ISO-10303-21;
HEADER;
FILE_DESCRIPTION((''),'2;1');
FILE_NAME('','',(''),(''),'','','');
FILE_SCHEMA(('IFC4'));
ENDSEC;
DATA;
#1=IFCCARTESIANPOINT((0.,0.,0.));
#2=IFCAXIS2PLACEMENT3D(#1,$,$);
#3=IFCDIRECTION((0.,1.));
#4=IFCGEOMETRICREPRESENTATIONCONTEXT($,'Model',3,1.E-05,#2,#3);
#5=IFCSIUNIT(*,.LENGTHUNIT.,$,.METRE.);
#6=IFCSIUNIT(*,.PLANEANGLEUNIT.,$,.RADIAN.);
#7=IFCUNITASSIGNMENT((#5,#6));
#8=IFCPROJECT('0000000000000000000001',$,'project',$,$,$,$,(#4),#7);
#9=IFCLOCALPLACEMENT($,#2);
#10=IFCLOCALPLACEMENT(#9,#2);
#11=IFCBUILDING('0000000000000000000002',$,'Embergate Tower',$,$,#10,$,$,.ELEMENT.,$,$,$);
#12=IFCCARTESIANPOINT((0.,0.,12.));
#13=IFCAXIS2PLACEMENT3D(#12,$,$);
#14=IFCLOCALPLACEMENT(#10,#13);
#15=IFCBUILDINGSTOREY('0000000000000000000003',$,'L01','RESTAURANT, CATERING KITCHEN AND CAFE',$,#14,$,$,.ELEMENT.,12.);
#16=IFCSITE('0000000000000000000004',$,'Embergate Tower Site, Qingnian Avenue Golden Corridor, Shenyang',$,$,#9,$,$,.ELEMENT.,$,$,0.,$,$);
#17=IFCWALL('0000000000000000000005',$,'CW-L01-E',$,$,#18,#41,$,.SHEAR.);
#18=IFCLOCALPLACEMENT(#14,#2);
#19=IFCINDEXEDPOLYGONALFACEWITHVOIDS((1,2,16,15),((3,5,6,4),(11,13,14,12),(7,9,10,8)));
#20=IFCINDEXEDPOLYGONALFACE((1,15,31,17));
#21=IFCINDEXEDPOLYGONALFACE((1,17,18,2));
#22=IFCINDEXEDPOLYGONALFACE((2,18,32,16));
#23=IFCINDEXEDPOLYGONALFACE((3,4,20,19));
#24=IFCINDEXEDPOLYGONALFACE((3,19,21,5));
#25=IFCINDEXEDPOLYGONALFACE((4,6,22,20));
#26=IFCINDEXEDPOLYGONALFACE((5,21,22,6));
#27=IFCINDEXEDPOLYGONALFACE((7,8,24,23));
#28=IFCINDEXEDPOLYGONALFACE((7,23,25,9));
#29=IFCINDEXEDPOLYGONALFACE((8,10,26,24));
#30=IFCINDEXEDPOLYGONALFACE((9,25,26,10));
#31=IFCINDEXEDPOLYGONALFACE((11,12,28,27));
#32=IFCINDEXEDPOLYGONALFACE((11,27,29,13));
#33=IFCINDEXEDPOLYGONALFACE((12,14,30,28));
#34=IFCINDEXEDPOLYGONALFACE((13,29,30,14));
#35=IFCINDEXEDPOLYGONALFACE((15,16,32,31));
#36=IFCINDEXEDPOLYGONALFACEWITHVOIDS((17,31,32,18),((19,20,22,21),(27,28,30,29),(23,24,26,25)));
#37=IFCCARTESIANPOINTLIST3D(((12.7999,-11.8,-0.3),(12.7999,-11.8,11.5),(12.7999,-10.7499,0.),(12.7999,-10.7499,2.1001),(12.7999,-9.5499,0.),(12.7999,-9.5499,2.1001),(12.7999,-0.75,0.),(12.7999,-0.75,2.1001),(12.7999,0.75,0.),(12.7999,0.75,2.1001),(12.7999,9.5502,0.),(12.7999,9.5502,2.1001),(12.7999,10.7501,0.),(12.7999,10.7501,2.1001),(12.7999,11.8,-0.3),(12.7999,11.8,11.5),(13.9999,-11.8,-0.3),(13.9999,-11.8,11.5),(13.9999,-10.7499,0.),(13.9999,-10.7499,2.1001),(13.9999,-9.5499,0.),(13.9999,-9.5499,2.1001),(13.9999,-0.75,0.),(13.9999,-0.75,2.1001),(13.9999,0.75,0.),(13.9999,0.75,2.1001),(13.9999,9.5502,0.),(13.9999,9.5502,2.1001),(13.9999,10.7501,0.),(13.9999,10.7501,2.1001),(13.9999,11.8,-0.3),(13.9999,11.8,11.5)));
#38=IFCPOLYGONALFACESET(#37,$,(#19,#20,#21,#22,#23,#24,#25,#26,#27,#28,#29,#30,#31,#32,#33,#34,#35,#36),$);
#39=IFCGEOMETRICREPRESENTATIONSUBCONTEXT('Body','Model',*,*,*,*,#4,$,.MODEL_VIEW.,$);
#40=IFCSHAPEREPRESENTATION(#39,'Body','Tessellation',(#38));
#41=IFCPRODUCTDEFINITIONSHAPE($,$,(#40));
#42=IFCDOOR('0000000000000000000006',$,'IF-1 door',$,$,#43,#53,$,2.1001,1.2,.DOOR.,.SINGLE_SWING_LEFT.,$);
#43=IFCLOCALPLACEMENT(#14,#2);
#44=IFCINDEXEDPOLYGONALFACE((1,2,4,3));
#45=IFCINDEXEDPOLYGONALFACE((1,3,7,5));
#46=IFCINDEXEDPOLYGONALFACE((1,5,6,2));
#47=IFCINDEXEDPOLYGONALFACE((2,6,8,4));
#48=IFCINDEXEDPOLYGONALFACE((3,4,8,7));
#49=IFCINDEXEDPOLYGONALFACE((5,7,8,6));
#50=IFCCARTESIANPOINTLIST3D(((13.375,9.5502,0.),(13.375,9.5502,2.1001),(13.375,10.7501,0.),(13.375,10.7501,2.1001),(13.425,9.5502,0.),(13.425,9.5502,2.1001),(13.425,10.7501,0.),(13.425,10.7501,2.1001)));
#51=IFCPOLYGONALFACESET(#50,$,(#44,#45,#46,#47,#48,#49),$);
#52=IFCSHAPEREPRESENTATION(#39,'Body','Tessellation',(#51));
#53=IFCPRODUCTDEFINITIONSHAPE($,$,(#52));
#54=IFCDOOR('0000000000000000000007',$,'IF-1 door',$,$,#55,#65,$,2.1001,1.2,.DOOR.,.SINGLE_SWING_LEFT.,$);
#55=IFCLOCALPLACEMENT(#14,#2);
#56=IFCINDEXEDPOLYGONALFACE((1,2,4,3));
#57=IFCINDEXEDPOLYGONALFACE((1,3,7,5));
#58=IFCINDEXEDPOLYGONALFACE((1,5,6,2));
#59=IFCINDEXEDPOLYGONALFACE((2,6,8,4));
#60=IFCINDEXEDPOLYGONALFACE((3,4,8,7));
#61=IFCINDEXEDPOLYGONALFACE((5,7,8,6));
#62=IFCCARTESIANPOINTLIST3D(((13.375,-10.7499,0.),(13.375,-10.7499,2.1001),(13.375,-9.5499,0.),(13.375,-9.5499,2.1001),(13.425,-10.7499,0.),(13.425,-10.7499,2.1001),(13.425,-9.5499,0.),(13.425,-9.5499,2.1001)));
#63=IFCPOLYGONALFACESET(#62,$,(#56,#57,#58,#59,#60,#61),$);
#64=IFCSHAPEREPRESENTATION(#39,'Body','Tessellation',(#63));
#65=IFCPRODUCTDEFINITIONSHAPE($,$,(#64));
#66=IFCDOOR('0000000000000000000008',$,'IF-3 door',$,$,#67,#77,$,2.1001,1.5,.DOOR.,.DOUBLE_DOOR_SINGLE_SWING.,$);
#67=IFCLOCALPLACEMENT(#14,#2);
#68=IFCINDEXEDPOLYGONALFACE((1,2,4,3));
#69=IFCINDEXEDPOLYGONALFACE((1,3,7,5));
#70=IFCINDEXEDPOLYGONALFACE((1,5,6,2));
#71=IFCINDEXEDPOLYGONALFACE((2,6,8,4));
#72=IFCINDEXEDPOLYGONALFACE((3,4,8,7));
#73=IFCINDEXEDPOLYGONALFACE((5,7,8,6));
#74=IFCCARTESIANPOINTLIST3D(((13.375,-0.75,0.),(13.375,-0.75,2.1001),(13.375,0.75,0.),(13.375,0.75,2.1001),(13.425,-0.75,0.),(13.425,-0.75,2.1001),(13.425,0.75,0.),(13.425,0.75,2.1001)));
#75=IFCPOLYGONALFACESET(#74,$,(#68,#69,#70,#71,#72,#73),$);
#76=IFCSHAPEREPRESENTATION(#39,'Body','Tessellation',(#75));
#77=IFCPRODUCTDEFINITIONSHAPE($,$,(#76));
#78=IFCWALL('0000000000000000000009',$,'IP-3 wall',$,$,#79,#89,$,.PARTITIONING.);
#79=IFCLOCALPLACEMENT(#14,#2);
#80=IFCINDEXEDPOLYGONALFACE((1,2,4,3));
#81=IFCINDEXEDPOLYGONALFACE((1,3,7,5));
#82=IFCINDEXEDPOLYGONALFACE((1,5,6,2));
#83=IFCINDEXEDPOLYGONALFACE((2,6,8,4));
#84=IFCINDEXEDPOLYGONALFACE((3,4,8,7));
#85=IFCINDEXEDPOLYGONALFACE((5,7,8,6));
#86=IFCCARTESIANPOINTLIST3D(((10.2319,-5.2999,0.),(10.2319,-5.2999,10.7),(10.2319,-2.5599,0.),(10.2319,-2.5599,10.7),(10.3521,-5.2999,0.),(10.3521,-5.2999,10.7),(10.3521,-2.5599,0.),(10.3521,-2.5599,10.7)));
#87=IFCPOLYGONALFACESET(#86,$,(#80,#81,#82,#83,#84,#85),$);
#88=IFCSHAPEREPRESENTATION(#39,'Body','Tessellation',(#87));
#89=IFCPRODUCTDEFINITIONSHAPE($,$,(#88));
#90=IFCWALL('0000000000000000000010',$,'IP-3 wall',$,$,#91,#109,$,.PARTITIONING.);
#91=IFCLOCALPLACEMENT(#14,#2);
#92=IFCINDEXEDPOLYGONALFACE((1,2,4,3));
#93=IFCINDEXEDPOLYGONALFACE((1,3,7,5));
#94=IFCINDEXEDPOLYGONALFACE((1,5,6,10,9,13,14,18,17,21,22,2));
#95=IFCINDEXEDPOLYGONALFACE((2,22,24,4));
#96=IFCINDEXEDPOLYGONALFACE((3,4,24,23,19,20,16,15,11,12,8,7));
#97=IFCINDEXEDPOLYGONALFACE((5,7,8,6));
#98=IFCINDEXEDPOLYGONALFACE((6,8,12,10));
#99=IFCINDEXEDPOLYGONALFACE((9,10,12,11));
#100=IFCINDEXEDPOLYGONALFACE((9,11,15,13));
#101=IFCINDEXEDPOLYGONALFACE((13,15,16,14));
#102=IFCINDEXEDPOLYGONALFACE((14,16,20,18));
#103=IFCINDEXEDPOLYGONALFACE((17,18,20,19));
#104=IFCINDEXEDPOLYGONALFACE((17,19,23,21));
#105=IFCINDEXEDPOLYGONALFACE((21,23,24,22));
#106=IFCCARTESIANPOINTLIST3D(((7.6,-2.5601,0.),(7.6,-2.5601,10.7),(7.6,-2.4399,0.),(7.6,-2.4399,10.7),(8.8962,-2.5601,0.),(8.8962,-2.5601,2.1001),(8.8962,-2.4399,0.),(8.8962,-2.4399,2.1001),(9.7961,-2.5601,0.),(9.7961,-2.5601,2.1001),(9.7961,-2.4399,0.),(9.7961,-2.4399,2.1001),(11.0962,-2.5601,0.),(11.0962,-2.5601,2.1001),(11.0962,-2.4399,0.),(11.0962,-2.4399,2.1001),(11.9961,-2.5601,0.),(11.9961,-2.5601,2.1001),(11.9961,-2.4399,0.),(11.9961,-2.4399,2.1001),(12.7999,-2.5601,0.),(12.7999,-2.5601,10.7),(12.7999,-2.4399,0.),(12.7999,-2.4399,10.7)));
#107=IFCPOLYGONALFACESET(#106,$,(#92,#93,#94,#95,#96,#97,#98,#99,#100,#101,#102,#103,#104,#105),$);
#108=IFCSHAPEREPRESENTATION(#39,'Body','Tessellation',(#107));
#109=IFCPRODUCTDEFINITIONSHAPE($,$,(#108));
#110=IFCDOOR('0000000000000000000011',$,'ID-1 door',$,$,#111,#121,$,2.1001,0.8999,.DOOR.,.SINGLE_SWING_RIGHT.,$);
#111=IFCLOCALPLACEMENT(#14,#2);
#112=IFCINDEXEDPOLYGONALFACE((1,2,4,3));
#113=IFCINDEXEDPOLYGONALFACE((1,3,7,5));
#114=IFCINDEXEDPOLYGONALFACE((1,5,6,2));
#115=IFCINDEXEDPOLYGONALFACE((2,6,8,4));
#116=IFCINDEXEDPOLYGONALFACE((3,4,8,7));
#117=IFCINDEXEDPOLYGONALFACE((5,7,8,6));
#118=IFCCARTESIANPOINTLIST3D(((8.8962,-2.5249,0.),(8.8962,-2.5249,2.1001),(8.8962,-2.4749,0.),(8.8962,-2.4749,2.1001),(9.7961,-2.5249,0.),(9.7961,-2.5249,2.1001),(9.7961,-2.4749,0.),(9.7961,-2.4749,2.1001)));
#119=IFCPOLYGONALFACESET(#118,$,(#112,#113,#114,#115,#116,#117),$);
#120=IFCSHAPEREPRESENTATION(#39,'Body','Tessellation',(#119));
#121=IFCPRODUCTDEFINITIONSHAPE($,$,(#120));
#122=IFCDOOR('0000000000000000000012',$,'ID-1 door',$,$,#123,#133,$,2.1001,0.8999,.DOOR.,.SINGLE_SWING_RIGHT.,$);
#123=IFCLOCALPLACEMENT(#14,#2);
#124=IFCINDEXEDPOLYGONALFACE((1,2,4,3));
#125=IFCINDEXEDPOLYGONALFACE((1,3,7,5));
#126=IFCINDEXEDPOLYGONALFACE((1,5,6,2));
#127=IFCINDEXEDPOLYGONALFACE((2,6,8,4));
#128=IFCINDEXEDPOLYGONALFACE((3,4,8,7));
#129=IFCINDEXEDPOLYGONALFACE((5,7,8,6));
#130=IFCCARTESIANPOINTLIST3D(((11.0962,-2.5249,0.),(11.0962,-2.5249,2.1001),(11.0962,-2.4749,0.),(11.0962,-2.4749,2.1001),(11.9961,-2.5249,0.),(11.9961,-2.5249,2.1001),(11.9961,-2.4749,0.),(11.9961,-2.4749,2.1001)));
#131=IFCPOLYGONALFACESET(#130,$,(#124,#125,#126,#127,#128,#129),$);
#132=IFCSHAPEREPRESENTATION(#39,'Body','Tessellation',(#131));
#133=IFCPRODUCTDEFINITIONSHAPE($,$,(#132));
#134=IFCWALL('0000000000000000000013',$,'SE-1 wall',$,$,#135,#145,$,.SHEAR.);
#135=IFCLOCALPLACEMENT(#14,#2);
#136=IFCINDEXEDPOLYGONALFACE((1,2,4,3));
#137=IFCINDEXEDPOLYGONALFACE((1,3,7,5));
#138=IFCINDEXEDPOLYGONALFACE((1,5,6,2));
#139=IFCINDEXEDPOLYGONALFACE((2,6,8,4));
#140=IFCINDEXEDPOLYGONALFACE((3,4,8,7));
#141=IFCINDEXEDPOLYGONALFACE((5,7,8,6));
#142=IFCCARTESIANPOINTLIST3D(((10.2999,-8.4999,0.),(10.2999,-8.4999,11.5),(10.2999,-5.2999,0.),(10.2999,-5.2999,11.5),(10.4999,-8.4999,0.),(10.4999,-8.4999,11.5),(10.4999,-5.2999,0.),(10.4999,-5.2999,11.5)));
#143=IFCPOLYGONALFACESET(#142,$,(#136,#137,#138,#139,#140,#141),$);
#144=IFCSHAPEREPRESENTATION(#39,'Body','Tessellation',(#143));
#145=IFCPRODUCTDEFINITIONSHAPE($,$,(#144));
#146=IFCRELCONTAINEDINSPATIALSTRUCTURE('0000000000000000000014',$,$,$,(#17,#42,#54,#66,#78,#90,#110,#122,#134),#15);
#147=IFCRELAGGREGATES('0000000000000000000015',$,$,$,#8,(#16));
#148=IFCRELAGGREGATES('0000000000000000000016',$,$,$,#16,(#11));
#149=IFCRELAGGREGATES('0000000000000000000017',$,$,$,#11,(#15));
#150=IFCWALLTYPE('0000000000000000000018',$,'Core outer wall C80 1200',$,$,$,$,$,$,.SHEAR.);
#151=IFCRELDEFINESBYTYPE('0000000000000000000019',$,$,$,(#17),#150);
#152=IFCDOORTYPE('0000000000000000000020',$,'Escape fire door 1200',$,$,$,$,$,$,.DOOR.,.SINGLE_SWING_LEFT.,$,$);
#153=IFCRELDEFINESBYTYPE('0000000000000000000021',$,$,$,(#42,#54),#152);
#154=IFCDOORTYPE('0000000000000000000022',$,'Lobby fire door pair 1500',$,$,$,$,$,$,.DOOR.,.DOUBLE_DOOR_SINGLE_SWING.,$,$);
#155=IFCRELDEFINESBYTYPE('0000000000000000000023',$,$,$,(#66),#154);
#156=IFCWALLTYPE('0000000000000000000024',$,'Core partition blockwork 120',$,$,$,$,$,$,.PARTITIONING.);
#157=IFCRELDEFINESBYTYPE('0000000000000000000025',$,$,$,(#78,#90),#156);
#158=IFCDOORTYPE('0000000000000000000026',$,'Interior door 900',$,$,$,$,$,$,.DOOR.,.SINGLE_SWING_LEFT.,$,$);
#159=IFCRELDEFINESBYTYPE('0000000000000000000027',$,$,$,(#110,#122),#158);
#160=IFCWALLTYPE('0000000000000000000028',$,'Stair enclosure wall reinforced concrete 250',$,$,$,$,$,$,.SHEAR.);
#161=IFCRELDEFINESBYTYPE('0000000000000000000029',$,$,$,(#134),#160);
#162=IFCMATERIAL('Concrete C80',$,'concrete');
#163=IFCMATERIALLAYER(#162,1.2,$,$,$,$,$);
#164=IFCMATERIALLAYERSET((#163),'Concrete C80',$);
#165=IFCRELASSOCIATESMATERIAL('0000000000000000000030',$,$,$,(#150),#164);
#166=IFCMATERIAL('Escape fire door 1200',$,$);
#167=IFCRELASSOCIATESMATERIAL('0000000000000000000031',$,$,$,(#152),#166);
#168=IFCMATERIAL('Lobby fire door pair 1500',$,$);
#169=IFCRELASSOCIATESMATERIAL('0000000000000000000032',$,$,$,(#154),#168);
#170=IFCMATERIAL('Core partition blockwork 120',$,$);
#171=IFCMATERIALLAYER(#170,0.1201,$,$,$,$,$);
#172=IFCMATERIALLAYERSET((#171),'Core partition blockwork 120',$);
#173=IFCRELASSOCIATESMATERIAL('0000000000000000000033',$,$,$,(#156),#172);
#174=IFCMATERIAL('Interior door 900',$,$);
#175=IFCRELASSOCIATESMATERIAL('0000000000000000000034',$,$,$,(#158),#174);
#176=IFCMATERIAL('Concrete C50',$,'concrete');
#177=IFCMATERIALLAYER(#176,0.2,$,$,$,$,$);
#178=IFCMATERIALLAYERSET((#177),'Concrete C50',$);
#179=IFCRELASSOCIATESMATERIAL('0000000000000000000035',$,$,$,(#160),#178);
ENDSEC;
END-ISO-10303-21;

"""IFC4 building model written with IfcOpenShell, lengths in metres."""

from ifc_helpers import new_model, si_unit, direction, frame, frame_2d, origin, place, context, subcontext, project, spatial, rectangle, extrude, source, transform, mapped, material, layer, layer_set, type_object, element, fill, save


model = new_model("IFC4")

# Units and contexts
model_context = context("Model", 3, precision=1e-05, world=origin(), true_north=direction((0.0, 1.0)))
body_context = subcontext(model_context, "Body", "Model", "MODEL_VIEW")
ifc_project = project(units=[si_unit("LENGTHUNIT", "METRE"), si_unit("PLANEANGLEUNIT", "RADIAN")], contexts=[model_context])

# Site, building, storey
site_placement = place(None, origin())
site = spatial("IfcSite", under=ifc_project, at=site_placement, Name="Embergate Tower Site, Qingnian Avenue Golden Corridor, Shenyang", CompositionType="ELEMENT", RefElevation=0.0)
building_placement = place(site_placement, origin())
building = spatial("IfcBuilding", under=site, at=building_placement, Name="Embergate Tower", CompositionType="ELEMENT")
storey_placement = place(building_placement, frame((0.0, 0.0, 12.0)))
storey = spatial("IfcBuildingStorey", under=building, at=storey_placement, Name="L01", Description="RESTAURANT, CATERING KITCHEN AND CAFE", CompositionType="ELEMENT", Elevation=12.0)

# Wall, openings, doors
ifc_material_1 = material(Name="Concrete C80", Category="concrete")
ifc_layer_1 = layer(ifc_material_1, 1.2)
ifc_layer_set_1 = layer_set([ifc_layer_1], Name="Concrete C80")
wall_type_1 = type_object("IfcWallType", Name="Core outer wall C80 1200", PredefinedType="SHEAR", material=ifc_layer_set_1)
shared_shape_1 = source(origin(), body_context, "Body", "SweptSolid", [
    extrude(rectangle(XDim=23.6001, YDim=1.2, at=frame_2d((11.8, 0.0))), origin(), (0.0, 0.0, 1.0), 11.8),
])
wall_1_placement = place(storey_placement, frame((13.3999, -11.8, -0.3), z_axis=(0.0, 0.0, 1.0), x_axis=(0.0, 1.0, 0.0)))
wall_1 = element("IfcWall", 1, at=wall_1_placement, inside=storey, type_object=wall_type_1, Name="CW-L01-E", PredefinedType="SHEAR", context=body_context, shape_type="MappedRepresentation", body=[
    mapped(shared_shape_1, transform((0.0, 0.0, 0.0))),
])
shared_shape_2 = source(origin(), body_context, "Body", "SweptSolid", [
    extrude(rectangle(XDim=1.2, YDim=2.1001, at=frame_2d((0.6001, 1.05))), frame((0.0, 0.6099, 0.0), z_axis=(0.0, -1.0, 0.0), x_axis=(1.0, 0.0, 0.0)), (0.0, 0.0, 1.0), 1.22),
])
opening_1_placement = place(wall_1_placement, frame((21.3501, 0.0, 0.3)))
opening_1 = element("IfcOpeningElement", 2, at=opening_1_placement, cuts=wall_1, PredefinedType="OPENING", context=body_context, shape_type="MappedRepresentation", body=[
    mapped(shared_shape_2, transform((0.0, 0.0, 0.0))),
])
opening_2_placement = place(wall_1_placement, frame((1.05, 0.0, 0.3)))
opening_2 = element("IfcOpeningElement", 3, at=opening_2_placement, cuts=wall_1, PredefinedType="OPENING", context=body_context, shape_type="MappedRepresentation", body=[
    mapped(shared_shape_2, transform((0.0, 0.0, 0.0))),
])
shared_shape_3 = source(origin(), body_context, "Body", "SweptSolid", [
    extrude(rectangle(XDim=1.5, YDim=2.1001, at=frame_2d((0.75, 1.05))), frame((0.0, 0.6099, 0.0), z_axis=(0.0, -1.0, 0.0), x_axis=(1.0, 0.0, 0.0)), (0.0, 0.0, 1.0), 1.22),
])
opening_3_placement = place(wall_1_placement, frame((11.05, 0.0, 0.3)))
opening_3 = element("IfcOpeningElement", 4, at=opening_3_placement, cuts=wall_1, PredefinedType="OPENING", context=body_context, shape_type="MappedRepresentation", body=[
    mapped(shared_shape_3, transform((0.0, 0.0, 0.0))),
])
ifc_material_2 = material(Name="Escape fire door 1200")
door_type_1 = type_object("IfcDoorType", Name="Escape fire door 1200", OperationType="SINGLE_SWING_LEFT", PredefinedType="DOOR", material=ifc_material_2)
shared_shape_4 = source(origin(), body_context, "Body", "SweptSolid", [
    extrude(rectangle(XDim=1.2, YDim=2.1001, at=frame_2d((0.6001, 1.05))), frame((0.0, 0.0249, 0.0), z_axis=(0.0, -1.0, 0.0), x_axis=(1.0, 0.0, 0.0)), (0.0, 0.0, 1.0), 0.05),
])
door_1_placement = place(opening_1_placement, origin())
door_1 = element("IfcDoor", 5, at=door_1_placement, inside=storey, type_object=door_type_1, Name="IF-1 door", OperationType="SINGLE_SWING_LEFT", OverallHeight=2.1001, OverallWidth=1.2, PredefinedType="DOOR", context=body_context, shape_type="MappedRepresentation", body=[
    mapped(shared_shape_4, transform((0.0, 0.0, 0.0))),
])
fill(opening_1, door_1)
door_2_placement = place(opening_2_placement, origin())
door_2 = element("IfcDoor", 6, at=door_2_placement, inside=storey, type_object=door_type_1, Name="IF-1 door", OperationType="SINGLE_SWING_LEFT", OverallHeight=2.1001, OverallWidth=1.2, PredefinedType="DOOR", context=body_context, shape_type="MappedRepresentation", body=[
    mapped(shared_shape_4, transform((0.0, 0.0, 0.0))),
])
fill(opening_2, door_2)
ifc_material_3 = material(Name="Lobby fire door pair 1500")
door_type_2 = type_object("IfcDoorType", Name="Lobby fire door pair 1500", OperationType="DOUBLE_DOOR_SINGLE_SWING", PredefinedType="DOOR", material=ifc_material_3)
shared_shape_5 = source(origin(), body_context, "Body", "SweptSolid", [
    extrude(rectangle(XDim=1.5, YDim=2.1001, at=frame_2d((0.75, 1.05))), frame((0.0, 0.0249, 0.0), z_axis=(0.0, -1.0, 0.0), x_axis=(1.0, 0.0, 0.0)), (0.0, 0.0, 1.0), 0.05),
])
door_3_placement = place(opening_3_placement, origin())
door_3 = element("IfcDoor", 7, at=door_3_placement, inside=storey, type_object=door_type_2, Name="IF-3 door", OperationType="DOUBLE_DOOR_SINGLE_SWING", OverallHeight=2.1001, OverallWidth=1.5, PredefinedType="DOOR", context=body_context, shape_type="MappedRepresentation", body=[
    mapped(shared_shape_5, transform((0.0, 0.0, 0.0))),
])
fill(opening_3, door_3)

# Wall
ifc_material_4 = material(Name="Core partition blockwork 120")
ifc_layer_2 = layer(ifc_material_4, 0.1201)
ifc_layer_set_2 = layer_set([ifc_layer_2], Name="Core partition blockwork 120")
wall_type_2 = type_object("IfcWallType", Name="Core partition blockwork 120", PredefinedType="PARTITIONING", material=ifc_layer_set_2)
shared_shape_6 = source(origin(), body_context, "Body", "SweptSolid", [
    extrude(rectangle(XDim=2.74, YDim=0.1201, at=frame_2d((1.3701, 0.0))), origin(), (0.0, 0.0, 1.0), 10.7),
])
wall_2_placement = place(storey_placement, frame((10.292, -5.3, 0.0), z_axis=(0.0, 0.0, 1.0), x_axis=(0.0, 1.0, 0.0)))
element("IfcWall", 8, at=wall_2_placement, inside=storey, type_object=wall_type_2, Name="IP-3 wall", PredefinedType="PARTITIONING", context=body_context, shape_type="MappedRepresentation", body=[
    mapped(shared_shape_6, transform((0.0, 0.0, 0.0))),
])

# Wall, openings, doors
shared_shape_7 = source(origin(), body_context, "Body", "SweptSolid", [
    extrude(rectangle(XDim=5.2, YDim=0.1201, at=frame_2d((2.6001, 0.0))), origin(), (0.0, 0.0, 1.0), 10.7),
])
wall_3_placement = place(storey_placement, frame((12.8, -2.5, 0.0), z_axis=(0.0, 0.0, 1.0), x_axis=(-1.0, 0.0, 0.0)))
wall_3 = element("IfcWall", 9, at=wall_3_placement, inside=storey, type_object=wall_type_2, Name="IP-3 wall", PredefinedType="PARTITIONING", context=body_context, shape_type="MappedRepresentation", body=[
    mapped(shared_shape_7, transform((0.0, 0.0, 0.0))),
])
shared_shape_8 = source(origin(), body_context, "Body", "SweptSolid", [
    extrude(rectangle(XDim=0.8999, YDim=2.1001, at=frame_2d((0.45, 1.05))), frame((0.0, 0.0701, 0.0), z_axis=(0.0, -1.0, 0.0), x_axis=(1.0, 0.0, 0.0)), (0.0, 0.0, 1.0), 0.1401),
])
opening_4_placement = place(wall_3_placement, frame((3.0039, 0.0, 0.0)))
opening_4 = element("IfcOpeningElement", 10, at=opening_4_placement, cuts=wall_3, PredefinedType="OPENING", context=body_context, shape_type="MappedRepresentation", body=[
    mapped(shared_shape_8, transform((0.0, 0.0, 0.0))),
])
opening_5_placement = place(wall_3_placement, frame((0.804, 0.0, 0.0)))
opening_5 = element("IfcOpeningElement", 11, at=opening_5_placement, cuts=wall_3, PredefinedType="OPENING", context=body_context, shape_type="MappedRepresentation", body=[
    mapped(shared_shape_8, transform((0.0, 0.0, 0.0))),
])
ifc_material_5 = material(Name="Interior door 900")
door_type_3 = type_object("IfcDoorType", Name="Interior door 900", OperationType="SINGLE_SWING_LEFT", PredefinedType="DOOR", material=ifc_material_5)
shared_shape_9 = source(origin(), body_context, "Body", "SweptSolid", [
    extrude(rectangle(XDim=0.8999, YDim=2.1001, at=frame_2d((0.45, 1.05))), frame((0.0, 0.0249, 0.0), z_axis=(0.0, -1.0, 0.0), x_axis=(1.0, 0.0, 0.0)), (0.0, 0.0, 1.0), 0.05),
])
door_4_placement = place(opening_4_placement, origin())
door_4 = element("IfcDoor", 12, at=door_4_placement, inside=storey, type_object=door_type_3, Name="ID-1 door", OperationType="SINGLE_SWING_RIGHT", OverallHeight=2.1001, OverallWidth=0.8999, PredefinedType="DOOR", context=body_context, shape_type="MappedRepresentation", body=[
    mapped(shared_shape_9, transform((0.0, 0.0, 0.0))),
])
fill(opening_4, door_4)
door_5_placement = place(opening_5_placement, origin())
door_5 = element("IfcDoor", 13, at=door_5_placement, inside=storey, type_object=door_type_3, Name="ID-1 door", OperationType="SINGLE_SWING_RIGHT", OverallHeight=2.1001, OverallWidth=0.8999, PredefinedType="DOOR", context=body_context, shape_type="MappedRepresentation", body=[
    mapped(shared_shape_9, transform((0.0, 0.0, 0.0))),
])
fill(opening_5, door_5)

# Wall
ifc_material_6 = material(Name="Concrete C50", Category="concrete")
ifc_layer_3 = layer(ifc_material_6, 0.2)
ifc_layer_set_3 = layer_set([ifc_layer_3], Name="Concrete C50")
wall_type_3 = type_object("IfcWallType", Name="Stair enclosure wall reinforced concrete 250", PredefinedType="SHEAR", material=ifc_layer_set_3)
shared_shape_10 = source(origin(), body_context, "Body", "SweptSolid", [
    extrude(rectangle(XDim=3.2, YDim=0.2, at=frame_2d((1.6001, 0.0))), origin(), (0.0, 0.0, 1.0), 11.5),
])
wall_4_placement = place(storey_placement, frame((10.3999, -8.5, 0.0), z_axis=(0.0, 0.0, 1.0), x_axis=(0.0, 1.0, 0.0)))
element("IfcWall", 14, at=wall_4_placement, inside=storey, type_object=wall_type_3, Name="SE-1 wall", PredefinedType="SHEAR", context=body_context, shape_type="MappedRepresentation", body=[
    mapped(shared_shape_10, transform((0.0, 0.0, 0.0))),
])

save(model, "model.ifc")
